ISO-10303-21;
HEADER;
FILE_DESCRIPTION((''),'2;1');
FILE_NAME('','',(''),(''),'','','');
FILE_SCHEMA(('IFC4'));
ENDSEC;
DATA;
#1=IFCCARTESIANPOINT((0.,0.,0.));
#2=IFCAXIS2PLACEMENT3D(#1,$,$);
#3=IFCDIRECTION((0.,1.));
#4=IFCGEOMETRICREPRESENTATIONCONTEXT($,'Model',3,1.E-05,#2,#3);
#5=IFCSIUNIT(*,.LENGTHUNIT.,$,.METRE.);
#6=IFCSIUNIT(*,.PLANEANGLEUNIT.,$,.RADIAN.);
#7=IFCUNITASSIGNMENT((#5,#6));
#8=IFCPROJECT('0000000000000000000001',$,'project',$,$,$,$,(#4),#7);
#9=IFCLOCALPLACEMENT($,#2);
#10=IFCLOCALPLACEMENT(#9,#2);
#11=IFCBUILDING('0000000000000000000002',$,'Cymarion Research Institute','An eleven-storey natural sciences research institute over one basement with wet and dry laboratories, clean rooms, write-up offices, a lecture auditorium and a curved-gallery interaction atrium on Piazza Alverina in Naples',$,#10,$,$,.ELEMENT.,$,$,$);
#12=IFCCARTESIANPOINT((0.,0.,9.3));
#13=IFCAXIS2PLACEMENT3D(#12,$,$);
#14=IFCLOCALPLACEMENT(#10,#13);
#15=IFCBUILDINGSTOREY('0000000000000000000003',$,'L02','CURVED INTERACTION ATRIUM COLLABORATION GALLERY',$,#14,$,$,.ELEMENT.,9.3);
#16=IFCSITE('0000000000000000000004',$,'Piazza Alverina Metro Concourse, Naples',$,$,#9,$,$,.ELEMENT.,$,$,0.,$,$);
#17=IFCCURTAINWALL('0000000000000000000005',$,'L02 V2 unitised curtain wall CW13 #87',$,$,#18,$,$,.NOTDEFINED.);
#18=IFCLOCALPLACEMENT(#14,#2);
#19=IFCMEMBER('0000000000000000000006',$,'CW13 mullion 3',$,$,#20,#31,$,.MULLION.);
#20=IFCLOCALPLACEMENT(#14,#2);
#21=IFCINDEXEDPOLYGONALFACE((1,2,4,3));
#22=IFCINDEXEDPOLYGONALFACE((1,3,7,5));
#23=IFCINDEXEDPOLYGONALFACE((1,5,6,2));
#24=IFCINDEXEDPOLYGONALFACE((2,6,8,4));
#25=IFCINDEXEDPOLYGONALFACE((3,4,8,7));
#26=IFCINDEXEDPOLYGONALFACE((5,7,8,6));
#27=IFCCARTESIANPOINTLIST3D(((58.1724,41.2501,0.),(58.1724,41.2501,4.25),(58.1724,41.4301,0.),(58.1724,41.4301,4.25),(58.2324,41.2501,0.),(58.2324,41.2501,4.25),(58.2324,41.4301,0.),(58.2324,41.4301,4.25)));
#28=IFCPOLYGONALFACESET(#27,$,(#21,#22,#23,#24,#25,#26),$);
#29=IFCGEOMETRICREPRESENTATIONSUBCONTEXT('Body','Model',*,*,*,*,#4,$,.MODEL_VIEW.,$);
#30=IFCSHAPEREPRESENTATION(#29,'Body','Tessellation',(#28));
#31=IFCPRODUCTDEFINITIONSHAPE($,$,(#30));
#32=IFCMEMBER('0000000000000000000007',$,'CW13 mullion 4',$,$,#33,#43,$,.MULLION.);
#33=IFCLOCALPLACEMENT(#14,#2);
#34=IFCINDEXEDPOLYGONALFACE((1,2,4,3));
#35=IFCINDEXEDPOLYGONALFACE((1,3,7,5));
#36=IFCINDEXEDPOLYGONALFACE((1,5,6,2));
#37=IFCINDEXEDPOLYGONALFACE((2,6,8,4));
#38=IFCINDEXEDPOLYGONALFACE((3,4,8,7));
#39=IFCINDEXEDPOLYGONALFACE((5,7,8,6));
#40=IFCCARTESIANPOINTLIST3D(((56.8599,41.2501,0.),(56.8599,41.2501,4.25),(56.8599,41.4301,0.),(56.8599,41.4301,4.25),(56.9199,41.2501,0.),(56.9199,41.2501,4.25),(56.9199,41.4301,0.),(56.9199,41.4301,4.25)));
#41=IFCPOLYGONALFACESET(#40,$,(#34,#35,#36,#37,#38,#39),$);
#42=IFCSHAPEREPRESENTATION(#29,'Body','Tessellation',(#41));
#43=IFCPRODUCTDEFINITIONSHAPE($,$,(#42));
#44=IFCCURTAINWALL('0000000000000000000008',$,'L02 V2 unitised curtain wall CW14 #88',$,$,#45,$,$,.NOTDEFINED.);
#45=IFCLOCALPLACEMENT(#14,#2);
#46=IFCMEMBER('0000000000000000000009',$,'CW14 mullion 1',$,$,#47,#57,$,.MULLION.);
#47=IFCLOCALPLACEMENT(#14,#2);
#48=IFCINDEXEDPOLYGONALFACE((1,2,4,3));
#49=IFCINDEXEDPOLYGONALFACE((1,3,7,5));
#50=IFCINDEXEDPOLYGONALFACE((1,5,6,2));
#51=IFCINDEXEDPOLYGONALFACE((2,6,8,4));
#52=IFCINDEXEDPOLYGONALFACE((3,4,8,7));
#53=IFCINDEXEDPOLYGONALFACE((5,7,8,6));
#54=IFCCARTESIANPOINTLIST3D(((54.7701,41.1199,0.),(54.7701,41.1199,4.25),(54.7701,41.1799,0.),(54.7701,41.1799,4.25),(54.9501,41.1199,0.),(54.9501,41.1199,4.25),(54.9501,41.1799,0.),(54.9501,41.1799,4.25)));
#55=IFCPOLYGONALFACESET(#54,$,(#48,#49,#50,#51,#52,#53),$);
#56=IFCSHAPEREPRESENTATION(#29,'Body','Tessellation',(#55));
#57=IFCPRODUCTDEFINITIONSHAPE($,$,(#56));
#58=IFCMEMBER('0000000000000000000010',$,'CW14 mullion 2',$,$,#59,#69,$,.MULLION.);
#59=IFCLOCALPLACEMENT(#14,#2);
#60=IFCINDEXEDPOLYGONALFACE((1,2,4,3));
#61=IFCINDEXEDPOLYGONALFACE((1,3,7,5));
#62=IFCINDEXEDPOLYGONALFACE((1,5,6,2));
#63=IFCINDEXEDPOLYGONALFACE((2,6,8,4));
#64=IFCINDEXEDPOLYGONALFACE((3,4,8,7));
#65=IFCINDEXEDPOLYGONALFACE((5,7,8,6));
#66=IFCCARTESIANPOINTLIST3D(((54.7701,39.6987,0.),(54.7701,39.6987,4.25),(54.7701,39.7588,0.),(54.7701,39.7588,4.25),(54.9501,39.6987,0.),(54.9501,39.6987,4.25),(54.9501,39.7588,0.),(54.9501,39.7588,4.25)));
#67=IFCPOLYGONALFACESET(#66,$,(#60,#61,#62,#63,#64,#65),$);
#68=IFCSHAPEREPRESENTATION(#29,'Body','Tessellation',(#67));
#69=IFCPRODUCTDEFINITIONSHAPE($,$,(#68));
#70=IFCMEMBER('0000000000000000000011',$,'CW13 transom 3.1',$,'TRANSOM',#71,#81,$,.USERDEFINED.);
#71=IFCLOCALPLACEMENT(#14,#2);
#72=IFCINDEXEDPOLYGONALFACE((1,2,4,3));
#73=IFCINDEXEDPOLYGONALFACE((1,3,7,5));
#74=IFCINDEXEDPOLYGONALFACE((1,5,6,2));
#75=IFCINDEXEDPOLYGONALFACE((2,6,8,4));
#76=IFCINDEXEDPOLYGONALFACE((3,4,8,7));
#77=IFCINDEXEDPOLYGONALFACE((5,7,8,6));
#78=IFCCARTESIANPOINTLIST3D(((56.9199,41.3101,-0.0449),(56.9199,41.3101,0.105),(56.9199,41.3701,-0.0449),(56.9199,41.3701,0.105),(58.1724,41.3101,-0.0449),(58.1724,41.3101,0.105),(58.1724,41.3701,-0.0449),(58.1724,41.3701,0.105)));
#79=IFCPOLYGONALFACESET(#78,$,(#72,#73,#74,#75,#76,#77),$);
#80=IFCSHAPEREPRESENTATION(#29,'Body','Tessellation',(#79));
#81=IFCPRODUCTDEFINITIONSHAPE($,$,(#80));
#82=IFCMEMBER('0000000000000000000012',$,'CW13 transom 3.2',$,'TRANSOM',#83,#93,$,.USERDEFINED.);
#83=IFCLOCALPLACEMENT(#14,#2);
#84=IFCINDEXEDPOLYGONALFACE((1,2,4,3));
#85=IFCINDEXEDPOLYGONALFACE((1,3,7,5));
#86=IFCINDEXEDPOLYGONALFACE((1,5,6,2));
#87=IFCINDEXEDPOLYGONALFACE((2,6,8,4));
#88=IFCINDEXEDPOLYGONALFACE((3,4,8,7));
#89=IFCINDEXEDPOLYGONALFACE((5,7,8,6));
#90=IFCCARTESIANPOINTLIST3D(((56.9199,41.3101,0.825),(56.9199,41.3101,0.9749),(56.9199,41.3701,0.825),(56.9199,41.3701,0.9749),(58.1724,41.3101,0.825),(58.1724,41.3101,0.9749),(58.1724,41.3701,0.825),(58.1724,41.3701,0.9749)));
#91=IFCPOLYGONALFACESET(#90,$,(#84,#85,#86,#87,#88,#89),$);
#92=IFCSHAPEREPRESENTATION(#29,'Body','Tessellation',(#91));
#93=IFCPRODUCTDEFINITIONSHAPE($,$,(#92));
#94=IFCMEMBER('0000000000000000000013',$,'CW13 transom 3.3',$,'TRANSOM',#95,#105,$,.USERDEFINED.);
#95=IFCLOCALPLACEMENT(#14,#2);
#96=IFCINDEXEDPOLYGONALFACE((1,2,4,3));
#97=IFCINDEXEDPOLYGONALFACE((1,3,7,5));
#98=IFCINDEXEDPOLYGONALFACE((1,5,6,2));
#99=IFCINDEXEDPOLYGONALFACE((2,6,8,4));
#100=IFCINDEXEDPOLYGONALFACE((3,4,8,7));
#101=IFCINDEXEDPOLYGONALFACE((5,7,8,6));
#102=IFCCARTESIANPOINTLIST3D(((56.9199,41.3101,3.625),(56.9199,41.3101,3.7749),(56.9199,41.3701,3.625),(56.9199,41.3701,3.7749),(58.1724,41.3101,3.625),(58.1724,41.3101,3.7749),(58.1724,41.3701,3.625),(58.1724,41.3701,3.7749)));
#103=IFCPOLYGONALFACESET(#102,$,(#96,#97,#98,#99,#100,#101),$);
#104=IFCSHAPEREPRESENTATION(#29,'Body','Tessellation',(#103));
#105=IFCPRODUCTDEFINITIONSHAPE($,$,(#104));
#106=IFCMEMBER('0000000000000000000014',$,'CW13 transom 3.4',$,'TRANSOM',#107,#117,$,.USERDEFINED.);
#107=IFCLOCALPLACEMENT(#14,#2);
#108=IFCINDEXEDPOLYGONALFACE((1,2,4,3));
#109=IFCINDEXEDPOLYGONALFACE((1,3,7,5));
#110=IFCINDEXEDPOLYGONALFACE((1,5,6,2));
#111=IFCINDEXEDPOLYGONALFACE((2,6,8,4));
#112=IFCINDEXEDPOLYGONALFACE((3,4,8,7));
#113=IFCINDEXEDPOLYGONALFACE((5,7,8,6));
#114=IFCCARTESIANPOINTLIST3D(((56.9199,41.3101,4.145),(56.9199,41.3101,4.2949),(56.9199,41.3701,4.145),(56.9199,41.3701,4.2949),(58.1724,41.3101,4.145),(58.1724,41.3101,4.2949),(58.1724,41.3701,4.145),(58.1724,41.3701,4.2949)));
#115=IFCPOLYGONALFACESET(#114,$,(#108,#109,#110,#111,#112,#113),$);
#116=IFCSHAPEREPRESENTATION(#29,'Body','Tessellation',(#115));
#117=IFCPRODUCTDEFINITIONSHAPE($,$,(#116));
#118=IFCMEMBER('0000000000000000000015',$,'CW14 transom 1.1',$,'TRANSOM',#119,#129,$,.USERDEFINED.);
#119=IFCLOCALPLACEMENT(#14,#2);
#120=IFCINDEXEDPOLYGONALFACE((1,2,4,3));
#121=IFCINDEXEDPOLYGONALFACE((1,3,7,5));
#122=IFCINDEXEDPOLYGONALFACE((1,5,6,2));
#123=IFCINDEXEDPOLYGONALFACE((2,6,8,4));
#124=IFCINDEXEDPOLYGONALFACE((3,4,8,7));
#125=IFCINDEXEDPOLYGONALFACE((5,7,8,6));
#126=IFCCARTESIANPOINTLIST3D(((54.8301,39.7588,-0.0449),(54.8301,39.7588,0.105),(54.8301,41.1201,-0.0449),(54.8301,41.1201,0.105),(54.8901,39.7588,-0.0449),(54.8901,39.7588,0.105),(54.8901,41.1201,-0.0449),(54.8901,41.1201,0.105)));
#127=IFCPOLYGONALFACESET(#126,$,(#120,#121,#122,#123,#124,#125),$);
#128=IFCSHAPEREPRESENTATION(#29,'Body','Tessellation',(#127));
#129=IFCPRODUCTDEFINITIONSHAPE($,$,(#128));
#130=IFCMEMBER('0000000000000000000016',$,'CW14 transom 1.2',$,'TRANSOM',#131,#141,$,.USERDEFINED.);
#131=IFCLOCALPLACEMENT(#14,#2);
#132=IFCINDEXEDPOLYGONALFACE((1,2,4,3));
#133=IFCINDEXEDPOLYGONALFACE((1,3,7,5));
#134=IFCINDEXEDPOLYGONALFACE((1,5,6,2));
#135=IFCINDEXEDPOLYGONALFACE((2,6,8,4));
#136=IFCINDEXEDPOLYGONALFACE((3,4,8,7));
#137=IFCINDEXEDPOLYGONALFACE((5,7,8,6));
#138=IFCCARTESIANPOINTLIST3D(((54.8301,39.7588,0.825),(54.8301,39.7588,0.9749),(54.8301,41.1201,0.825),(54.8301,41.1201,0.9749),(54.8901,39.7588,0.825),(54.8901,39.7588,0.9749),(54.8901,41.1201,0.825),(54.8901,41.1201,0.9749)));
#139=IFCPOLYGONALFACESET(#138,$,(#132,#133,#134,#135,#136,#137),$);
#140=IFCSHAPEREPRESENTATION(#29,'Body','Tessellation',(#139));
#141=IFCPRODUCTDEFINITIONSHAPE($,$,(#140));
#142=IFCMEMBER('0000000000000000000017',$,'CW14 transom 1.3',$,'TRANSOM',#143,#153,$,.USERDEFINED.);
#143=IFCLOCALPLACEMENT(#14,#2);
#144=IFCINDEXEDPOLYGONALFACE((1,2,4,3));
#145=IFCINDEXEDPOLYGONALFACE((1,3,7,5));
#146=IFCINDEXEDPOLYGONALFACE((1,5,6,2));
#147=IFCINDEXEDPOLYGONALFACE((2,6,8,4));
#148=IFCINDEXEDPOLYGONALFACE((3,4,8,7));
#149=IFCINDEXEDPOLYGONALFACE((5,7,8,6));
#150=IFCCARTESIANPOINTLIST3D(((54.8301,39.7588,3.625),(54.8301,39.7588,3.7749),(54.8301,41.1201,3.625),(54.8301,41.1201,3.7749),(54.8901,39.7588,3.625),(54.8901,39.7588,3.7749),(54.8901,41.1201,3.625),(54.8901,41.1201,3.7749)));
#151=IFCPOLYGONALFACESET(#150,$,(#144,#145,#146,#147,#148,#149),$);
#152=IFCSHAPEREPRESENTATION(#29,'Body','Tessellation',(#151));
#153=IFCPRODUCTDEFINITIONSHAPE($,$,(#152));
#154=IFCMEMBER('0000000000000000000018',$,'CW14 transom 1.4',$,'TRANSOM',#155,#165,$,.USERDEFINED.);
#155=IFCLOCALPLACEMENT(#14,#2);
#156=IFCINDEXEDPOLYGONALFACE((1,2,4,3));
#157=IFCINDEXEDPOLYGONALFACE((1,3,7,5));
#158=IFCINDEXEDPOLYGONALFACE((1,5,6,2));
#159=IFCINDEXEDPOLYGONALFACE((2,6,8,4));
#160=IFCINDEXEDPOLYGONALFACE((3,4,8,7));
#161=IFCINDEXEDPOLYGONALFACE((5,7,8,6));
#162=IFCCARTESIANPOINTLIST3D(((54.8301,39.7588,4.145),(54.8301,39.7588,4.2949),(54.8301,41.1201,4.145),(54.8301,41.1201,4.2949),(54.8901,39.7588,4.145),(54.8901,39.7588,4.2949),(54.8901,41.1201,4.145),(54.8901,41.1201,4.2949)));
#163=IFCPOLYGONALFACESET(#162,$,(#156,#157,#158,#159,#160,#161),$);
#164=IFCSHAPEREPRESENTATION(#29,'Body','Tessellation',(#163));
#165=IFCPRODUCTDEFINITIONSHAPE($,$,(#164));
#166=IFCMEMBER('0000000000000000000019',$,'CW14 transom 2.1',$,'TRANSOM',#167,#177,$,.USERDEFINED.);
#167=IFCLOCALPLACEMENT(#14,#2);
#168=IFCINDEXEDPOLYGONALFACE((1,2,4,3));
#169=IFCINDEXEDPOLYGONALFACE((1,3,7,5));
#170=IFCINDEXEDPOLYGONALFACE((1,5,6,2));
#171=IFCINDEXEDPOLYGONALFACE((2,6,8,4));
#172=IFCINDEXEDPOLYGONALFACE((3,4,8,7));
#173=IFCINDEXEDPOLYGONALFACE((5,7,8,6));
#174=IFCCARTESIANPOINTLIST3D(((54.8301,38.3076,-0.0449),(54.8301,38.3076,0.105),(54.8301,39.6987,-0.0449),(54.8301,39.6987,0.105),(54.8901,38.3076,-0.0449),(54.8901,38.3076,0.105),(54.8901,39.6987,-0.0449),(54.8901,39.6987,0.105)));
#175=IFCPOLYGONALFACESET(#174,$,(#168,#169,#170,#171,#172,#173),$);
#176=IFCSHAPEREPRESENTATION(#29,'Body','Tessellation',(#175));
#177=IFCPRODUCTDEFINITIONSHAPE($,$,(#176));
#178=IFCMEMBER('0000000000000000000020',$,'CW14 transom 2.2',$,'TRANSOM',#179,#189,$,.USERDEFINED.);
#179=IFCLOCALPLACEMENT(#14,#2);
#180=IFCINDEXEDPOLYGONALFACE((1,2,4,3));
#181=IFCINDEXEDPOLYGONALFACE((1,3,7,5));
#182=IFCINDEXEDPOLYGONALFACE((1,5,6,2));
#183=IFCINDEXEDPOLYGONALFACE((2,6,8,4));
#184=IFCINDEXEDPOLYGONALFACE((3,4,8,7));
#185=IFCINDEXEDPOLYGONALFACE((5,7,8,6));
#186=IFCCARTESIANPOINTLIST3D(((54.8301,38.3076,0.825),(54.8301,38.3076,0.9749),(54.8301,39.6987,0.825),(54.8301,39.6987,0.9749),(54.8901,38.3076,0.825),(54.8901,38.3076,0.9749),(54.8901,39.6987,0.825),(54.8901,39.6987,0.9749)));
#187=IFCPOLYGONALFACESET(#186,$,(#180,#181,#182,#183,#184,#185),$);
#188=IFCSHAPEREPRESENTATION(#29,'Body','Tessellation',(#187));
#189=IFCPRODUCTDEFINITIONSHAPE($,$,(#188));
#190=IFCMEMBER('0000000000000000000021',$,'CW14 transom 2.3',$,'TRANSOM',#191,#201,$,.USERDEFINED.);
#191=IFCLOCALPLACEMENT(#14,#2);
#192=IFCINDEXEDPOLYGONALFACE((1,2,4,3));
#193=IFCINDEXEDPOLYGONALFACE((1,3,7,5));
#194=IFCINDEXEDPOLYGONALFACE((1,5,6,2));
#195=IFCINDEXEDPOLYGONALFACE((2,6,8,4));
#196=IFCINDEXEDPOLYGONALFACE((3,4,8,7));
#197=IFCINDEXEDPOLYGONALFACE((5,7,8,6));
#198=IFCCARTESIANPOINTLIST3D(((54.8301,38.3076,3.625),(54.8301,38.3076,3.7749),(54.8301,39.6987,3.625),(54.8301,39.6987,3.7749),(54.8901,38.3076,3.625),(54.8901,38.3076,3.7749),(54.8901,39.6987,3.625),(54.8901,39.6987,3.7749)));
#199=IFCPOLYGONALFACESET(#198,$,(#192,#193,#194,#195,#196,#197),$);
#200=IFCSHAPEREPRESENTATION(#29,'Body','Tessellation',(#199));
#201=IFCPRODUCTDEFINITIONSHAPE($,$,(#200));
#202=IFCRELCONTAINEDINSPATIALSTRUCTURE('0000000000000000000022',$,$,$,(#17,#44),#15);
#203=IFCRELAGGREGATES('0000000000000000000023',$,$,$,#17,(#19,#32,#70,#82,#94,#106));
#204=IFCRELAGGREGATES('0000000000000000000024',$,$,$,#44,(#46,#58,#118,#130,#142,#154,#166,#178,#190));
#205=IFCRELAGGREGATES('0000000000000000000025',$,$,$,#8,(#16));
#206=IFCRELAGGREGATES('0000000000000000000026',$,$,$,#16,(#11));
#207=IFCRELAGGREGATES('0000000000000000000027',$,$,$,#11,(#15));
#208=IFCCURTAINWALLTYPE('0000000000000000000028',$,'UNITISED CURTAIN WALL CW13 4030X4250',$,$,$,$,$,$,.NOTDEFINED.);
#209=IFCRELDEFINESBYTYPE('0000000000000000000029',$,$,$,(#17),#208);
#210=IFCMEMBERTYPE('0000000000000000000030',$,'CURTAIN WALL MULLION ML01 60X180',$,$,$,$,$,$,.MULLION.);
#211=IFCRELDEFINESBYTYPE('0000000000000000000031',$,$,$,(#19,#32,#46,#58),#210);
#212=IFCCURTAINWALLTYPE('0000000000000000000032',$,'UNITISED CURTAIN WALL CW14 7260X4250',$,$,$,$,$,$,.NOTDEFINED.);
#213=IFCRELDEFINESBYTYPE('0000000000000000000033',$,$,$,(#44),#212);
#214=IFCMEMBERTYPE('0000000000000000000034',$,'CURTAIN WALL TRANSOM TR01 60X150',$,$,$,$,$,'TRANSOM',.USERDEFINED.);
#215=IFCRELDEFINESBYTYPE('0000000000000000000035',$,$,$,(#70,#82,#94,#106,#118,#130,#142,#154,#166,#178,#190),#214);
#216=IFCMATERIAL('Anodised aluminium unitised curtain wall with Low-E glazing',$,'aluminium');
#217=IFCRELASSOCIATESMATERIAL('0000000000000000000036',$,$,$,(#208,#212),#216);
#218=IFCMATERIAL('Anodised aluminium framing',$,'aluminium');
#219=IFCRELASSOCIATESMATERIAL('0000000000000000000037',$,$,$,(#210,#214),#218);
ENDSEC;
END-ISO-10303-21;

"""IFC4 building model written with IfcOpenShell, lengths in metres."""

from ifc_helpers import new_model, si_unit, direction, frame, origin, origin_2d, place, context, subcontext, project, spatial, rectangle, extrude, material, material_profile, profile_set, type_object, element, aggregate, save


model = new_model("IFC4")

# Units and contexts
model_context = context("Model", 3, precision=1e-05, world=origin(), true_north=direction((0.0, 1.0)))
body_context = subcontext(model_context, "Body", "Model", "MODEL_VIEW")
ifc_project = project(units=[si_unit("LENGTHUNIT", "METRE"), si_unit("PLANEANGLEUNIT", "RADIAN")], contexts=[model_context])

# Site, building, storey
site_placement = place(None, origin())
site = spatial("IfcSite", under=ifc_project, at=site_placement, Name="Piazza Alverina Metro Concourse, Naples", CompositionType="ELEMENT", RefElevation=0.0)
building_placement = place(site_placement, origin())
building = spatial("IfcBuilding", under=site, at=building_placement, Name="Cymarion Research Institute", Description="An eleven-storey natural sciences research institute over one basement with wet and dry laboratories, clean rooms, write-up offices, a lecture auditorium and a curved-gallery interaction atrium on Piazza Alverina in Naples", CompositionType="ELEMENT")
storey_placement = place(building_placement, frame((0.0, 0.0, 9.3)))
storey = spatial("IfcBuildingStorey", under=building, at=storey_placement, Name="L02", Description="CURVED INTERACTION ATRIUM COLLABORATION GALLERY", CompositionType="ELEMENT", Elevation=9.3)

# Curtain walls, members
ifc_material_1 = material(Name="Anodised aluminium unitised curtain wall with Low-E glazing", Category="aluminium")
curtain_wall_type_1 = type_object("IfcCurtainWallType", Name="UNITISED CURTAIN WALL CW13 4030X4250", PredefinedType="NOTDEFINED", material=ifc_material_1)
curtain_wall_1_placement = place(storey_placement, origin())
curtain_wall_1 = element("IfcCurtainWall", 1, at=curtain_wall_1_placement, inside=storey, type_object=curtain_wall_type_1, Name="L02 V2 unitised curtain wall CW13 #87", PredefinedType="NOTDEFINED")
ifc_material_2 = material(Name="Anodised aluminium framing", Category="aluminium")
ifc_material_profile_1 = material_profile(ifc_material_2, rectangle(XDim=0.0601, YDim=0.1799, at=origin_2d()), Name="ALU MULLION 60x180")
ifc_profile_set_1 = profile_set([ifc_material_profile_1], Name="Anodised aluminium framing")
member_type_1 = type_object("IfcMemberType", Name="CURTAIN WALL MULLION ML01 60X180", PredefinedType="MULLION", material=ifc_profile_set_1)
member_1_placement = place(storey_placement, frame((58.2024, 41.3401, 0.0), z_axis=(0.0, 0.0, 1.0), x_axis=(-1.0, 0.0, 0.0)))
member_1 = element("IfcMember", 2, at=member_1_placement, type_object=member_type_1, Name="CW13 mullion 3", PredefinedType="MULLION", context=body_context, shape_type="SweptSolid", body=[
    extrude(rectangle(XDim=0.0601, YDim=0.1799, at=origin_2d()), origin(), (0.0, 0.0, 1.0), 4.25),
])
member_2_placement = place(storey_placement, frame((56.8899, 41.3401, 0.0), z_axis=(0.0, 0.0, 1.0), x_axis=(-1.0, 0.0, 0.0)))
member_2 = element("IfcMember", 3, at=member_2_placement, type_object=member_type_1, Name="CW13 mullion 4", PredefinedType="MULLION", context=body_context, shape_type="SweptSolid", body=[
    extrude(rectangle(XDim=0.0601, YDim=0.1799, at=origin_2d()), origin(), (0.0, 0.0, 1.0), 4.25),
])
curtain_wall_type_2 = type_object("IfcCurtainWallType", Name="UNITISED CURTAIN WALL CW14 7260X4250", PredefinedType="NOTDEFINED", material=ifc_material_1)
curtain_wall_2_placement = place(storey_placement, origin())
curtain_wall_2 = element("IfcCurtainWall", 4, at=curtain_wall_2_placement, inside=storey, type_object=curtain_wall_type_2, Name="L02 V2 unitised curtain wall CW14 #88", PredefinedType="NOTDEFINED")
member_3_placement = place(storey_placement, frame((54.8601, 41.1499, 0.0), z_axis=(0.0, 0.0, 1.0), x_axis=(0.0, -1.0, 0.0)))
member_3 = element("IfcMember", 5, at=member_3_placement, type_object=member_type_1, Name="CW14 mullion 1", PredefinedType="MULLION", context=body_context, shape_type="SweptSolid", body=[
    extrude(rectangle(XDim=0.0601, YDim=0.1799, at=origin_2d()), origin(), (0.0, 0.0, 1.0), 4.25),
])
member_4_placement = place(storey_placement, frame((54.8601, 39.7288, 0.0), z_axis=(0.0, 0.0, 1.0), x_axis=(0.0, -1.0, 0.0)))
member_4 = element("IfcMember", 6, at=member_4_placement, type_object=member_type_1, Name="CW14 mullion 2", PredefinedType="MULLION", context=body_context, shape_type="SweptSolid", body=[
    extrude(rectangle(XDim=0.0601, YDim=0.1799, at=origin_2d()), origin(), (0.0, 0.0, 1.0), 4.25),
])

# Members
ifc_material_profile_2 = material_profile(ifc_material_2, rectangle(XDim=0.0601, YDim=0.1499, at=origin_2d()), Name="ALU TRANSOM 60x150")
ifc_profile_set_2 = profile_set([ifc_material_profile_2], Name="Anodised aluminium framing")
member_type_2 = type_object("IfcMemberType", Name="CURTAIN WALL TRANSOM TR01 60X150", ElementType="TRANSOM", PredefinedType="USERDEFINED", material=ifc_profile_set_2)
member_5_placement = place(storey_placement, frame((58.1724, 41.3401, 0.03), z_axis=(-1.0, 0.0, 0.0), x_axis=(0.0, -1.0, 0.0)))
member_5 = element("IfcMember", 7, at=member_5_placement, type_object=member_type_2, Name="CW13 transom 3.1", ObjectType="TRANSOM", PredefinedType="USERDEFINED", context=body_context, shape_type="SweptSolid", body=[
    extrude(rectangle(XDim=0.0601, YDim=0.1499, at=origin_2d()), origin(), (0.0, 0.0, 1.0), 1.2524),
])
member_6_placement = place(storey_placement, frame((58.1724, 41.3401, 0.8999), z_axis=(-1.0, 0.0, 0.0), x_axis=(0.0, -1.0, 0.0)))
member_6 = element("IfcMember", 8, at=member_6_placement, type_object=member_type_2, Name="CW13 transom 3.2", ObjectType="TRANSOM", PredefinedType="USERDEFINED", context=body_context, shape_type="SweptSolid", body=[
    extrude(rectangle(XDim=0.0601, YDim=0.1499, at=origin_2d()), origin(), (0.0, 0.0, 1.0), 1.2524),
])
member_7_placement = place(storey_placement, frame((58.1724, 41.3401, 3.7), z_axis=(-1.0, 0.0, 0.0), x_axis=(0.0, -1.0, 0.0)))
member_7 = element("IfcMember", 9, at=member_7_placement, type_object=member_type_2, Name="CW13 transom 3.3", ObjectType="TRANSOM", PredefinedType="USERDEFINED", context=body_context, shape_type="SweptSolid", body=[
    extrude(rectangle(XDim=0.0601, YDim=0.1499, at=origin_2d()), origin(), (0.0, 0.0, 1.0), 1.2524),
])
member_8_placement = place(storey_placement, frame((58.1724, 41.3401, 4.22), z_axis=(-1.0, 0.0, 0.0), x_axis=(0.0, -1.0, 0.0)))
member_8 = element("IfcMember", 10, at=member_8_placement, type_object=member_type_2, Name="CW13 transom 3.4", ObjectType="TRANSOM", PredefinedType="USERDEFINED", context=body_context, shape_type="SweptSolid", body=[
    extrude(rectangle(XDim=0.0601, YDim=0.1499, at=origin_2d()), origin(), (0.0, 0.0, 1.0), 1.2524),
])
member_9_placement = place(storey_placement, frame((54.8601, 41.1201, 0.03), z_axis=(0.0, -1.0, 0.0), x_axis=(1.0, 0.0, 0.0)))
member_9 = element("IfcMember", 11, at=member_9_placement, type_object=member_type_2, Name="CW14 transom 1.1", ObjectType="TRANSOM", PredefinedType="USERDEFINED", context=body_context, shape_type="SweptSolid", body=[
    extrude(rectangle(XDim=0.0601, YDim=0.1499, at=origin_2d()), origin(), (0.0, 0.0, 1.0), 1.3613),
])
member_10_placement = place(storey_placement, frame((54.8601, 41.1201, 0.8999), z_axis=(0.0, -1.0, 0.0), x_axis=(1.0, 0.0, 0.0)))
member_10 = element("IfcMember", 12, at=member_10_placement, type_object=member_type_2, Name="CW14 transom 1.2", ObjectType="TRANSOM", PredefinedType="USERDEFINED", context=body_context, shape_type="SweptSolid", body=[
    extrude(rectangle(XDim=0.0601, YDim=0.1499, at=origin_2d()), origin(), (0.0, 0.0, 1.0), 1.3613),
])
member_11_placement = place(storey_placement, frame((54.8601, 41.1201, 3.7), z_axis=(0.0, -1.0, 0.0), x_axis=(1.0, 0.0, 0.0)))
member_11 = element("IfcMember", 13, at=member_11_placement, type_object=member_type_2, Name="CW14 transom 1.3", ObjectType="TRANSOM", PredefinedType="USERDEFINED", context=body_context, shape_type="SweptSolid", body=[
    extrude(rectangle(XDim=0.0601, YDim=0.1499, at=origin_2d()), origin(), (0.0, 0.0, 1.0), 1.3613),
])
member_12_placement = place(storey_placement, frame((54.8601, 41.1201, 4.22), z_axis=(0.0, -1.0, 0.0), x_axis=(1.0, 0.0, 0.0)))
member_12 = element("IfcMember", 14, at=member_12_placement, type_object=member_type_2, Name="CW14 transom 1.4", ObjectType="TRANSOM", PredefinedType="USERDEFINED", context=body_context, shape_type="SweptSolid", body=[
    extrude(rectangle(XDim=0.0601, YDim=0.1499, at=origin_2d()), origin(), (0.0, 0.0, 1.0), 1.3613),
])
member_13_placement = place(storey_placement, frame((54.8601, 39.6987, 0.03), z_axis=(0.0, -1.0, 0.0), x_axis=(1.0, 0.0, 0.0)))
member_13 = element("IfcMember", 15, at=member_13_placement, type_object=member_type_2, Name="CW14 transom 2.1", ObjectType="TRANSOM", PredefinedType="USERDEFINED", context=body_context, shape_type="SweptSolid", body=[
    extrude(rectangle(XDim=0.0601, YDim=0.1499, at=origin_2d()), origin(), (0.0, 0.0, 1.0), 1.3911),
])
member_14_placement = place(storey_placement, frame((54.8601, 39.6987, 0.8999), z_axis=(0.0, -1.0, 0.0), x_axis=(1.0, 0.0, 0.0)))
member_14 = element("IfcMember", 16, at=member_14_placement, type_object=member_type_2, Name="CW14 transom 2.2", ObjectType="TRANSOM", PredefinedType="USERDEFINED", context=body_context, shape_type="SweptSolid", body=[
    extrude(rectangle(XDim=0.0601, YDim=0.1499, at=origin_2d()), origin(), (0.0, 0.0, 1.0), 1.3911),
])
member_15_placement = place(storey_placement, frame((54.8601, 39.6987, 3.7), z_axis=(0.0, -1.0, 0.0), x_axis=(1.0, 0.0, 0.0)))
member_15 = element("IfcMember", 17, at=member_15_placement, type_object=member_type_2, Name="CW14 transom 2.3", ObjectType="TRANSOM", PredefinedType="USERDEFINED", context=body_context, shape_type="SweptSolid", body=[
    extrude(rectangle(XDim=0.0601, YDim=0.1499, at=origin_2d()), origin(), (0.0, 0.0, 1.0), 1.3911),
])

aggregate(curtain_wall_1, [member_1, member_2, member_5, member_6, member_7, member_8])
aggregate(curtain_wall_2, [member_3, member_4, member_9, member_10, member_11, member_12, member_13, member_14, member_15])

save(model, "model.ifc")
